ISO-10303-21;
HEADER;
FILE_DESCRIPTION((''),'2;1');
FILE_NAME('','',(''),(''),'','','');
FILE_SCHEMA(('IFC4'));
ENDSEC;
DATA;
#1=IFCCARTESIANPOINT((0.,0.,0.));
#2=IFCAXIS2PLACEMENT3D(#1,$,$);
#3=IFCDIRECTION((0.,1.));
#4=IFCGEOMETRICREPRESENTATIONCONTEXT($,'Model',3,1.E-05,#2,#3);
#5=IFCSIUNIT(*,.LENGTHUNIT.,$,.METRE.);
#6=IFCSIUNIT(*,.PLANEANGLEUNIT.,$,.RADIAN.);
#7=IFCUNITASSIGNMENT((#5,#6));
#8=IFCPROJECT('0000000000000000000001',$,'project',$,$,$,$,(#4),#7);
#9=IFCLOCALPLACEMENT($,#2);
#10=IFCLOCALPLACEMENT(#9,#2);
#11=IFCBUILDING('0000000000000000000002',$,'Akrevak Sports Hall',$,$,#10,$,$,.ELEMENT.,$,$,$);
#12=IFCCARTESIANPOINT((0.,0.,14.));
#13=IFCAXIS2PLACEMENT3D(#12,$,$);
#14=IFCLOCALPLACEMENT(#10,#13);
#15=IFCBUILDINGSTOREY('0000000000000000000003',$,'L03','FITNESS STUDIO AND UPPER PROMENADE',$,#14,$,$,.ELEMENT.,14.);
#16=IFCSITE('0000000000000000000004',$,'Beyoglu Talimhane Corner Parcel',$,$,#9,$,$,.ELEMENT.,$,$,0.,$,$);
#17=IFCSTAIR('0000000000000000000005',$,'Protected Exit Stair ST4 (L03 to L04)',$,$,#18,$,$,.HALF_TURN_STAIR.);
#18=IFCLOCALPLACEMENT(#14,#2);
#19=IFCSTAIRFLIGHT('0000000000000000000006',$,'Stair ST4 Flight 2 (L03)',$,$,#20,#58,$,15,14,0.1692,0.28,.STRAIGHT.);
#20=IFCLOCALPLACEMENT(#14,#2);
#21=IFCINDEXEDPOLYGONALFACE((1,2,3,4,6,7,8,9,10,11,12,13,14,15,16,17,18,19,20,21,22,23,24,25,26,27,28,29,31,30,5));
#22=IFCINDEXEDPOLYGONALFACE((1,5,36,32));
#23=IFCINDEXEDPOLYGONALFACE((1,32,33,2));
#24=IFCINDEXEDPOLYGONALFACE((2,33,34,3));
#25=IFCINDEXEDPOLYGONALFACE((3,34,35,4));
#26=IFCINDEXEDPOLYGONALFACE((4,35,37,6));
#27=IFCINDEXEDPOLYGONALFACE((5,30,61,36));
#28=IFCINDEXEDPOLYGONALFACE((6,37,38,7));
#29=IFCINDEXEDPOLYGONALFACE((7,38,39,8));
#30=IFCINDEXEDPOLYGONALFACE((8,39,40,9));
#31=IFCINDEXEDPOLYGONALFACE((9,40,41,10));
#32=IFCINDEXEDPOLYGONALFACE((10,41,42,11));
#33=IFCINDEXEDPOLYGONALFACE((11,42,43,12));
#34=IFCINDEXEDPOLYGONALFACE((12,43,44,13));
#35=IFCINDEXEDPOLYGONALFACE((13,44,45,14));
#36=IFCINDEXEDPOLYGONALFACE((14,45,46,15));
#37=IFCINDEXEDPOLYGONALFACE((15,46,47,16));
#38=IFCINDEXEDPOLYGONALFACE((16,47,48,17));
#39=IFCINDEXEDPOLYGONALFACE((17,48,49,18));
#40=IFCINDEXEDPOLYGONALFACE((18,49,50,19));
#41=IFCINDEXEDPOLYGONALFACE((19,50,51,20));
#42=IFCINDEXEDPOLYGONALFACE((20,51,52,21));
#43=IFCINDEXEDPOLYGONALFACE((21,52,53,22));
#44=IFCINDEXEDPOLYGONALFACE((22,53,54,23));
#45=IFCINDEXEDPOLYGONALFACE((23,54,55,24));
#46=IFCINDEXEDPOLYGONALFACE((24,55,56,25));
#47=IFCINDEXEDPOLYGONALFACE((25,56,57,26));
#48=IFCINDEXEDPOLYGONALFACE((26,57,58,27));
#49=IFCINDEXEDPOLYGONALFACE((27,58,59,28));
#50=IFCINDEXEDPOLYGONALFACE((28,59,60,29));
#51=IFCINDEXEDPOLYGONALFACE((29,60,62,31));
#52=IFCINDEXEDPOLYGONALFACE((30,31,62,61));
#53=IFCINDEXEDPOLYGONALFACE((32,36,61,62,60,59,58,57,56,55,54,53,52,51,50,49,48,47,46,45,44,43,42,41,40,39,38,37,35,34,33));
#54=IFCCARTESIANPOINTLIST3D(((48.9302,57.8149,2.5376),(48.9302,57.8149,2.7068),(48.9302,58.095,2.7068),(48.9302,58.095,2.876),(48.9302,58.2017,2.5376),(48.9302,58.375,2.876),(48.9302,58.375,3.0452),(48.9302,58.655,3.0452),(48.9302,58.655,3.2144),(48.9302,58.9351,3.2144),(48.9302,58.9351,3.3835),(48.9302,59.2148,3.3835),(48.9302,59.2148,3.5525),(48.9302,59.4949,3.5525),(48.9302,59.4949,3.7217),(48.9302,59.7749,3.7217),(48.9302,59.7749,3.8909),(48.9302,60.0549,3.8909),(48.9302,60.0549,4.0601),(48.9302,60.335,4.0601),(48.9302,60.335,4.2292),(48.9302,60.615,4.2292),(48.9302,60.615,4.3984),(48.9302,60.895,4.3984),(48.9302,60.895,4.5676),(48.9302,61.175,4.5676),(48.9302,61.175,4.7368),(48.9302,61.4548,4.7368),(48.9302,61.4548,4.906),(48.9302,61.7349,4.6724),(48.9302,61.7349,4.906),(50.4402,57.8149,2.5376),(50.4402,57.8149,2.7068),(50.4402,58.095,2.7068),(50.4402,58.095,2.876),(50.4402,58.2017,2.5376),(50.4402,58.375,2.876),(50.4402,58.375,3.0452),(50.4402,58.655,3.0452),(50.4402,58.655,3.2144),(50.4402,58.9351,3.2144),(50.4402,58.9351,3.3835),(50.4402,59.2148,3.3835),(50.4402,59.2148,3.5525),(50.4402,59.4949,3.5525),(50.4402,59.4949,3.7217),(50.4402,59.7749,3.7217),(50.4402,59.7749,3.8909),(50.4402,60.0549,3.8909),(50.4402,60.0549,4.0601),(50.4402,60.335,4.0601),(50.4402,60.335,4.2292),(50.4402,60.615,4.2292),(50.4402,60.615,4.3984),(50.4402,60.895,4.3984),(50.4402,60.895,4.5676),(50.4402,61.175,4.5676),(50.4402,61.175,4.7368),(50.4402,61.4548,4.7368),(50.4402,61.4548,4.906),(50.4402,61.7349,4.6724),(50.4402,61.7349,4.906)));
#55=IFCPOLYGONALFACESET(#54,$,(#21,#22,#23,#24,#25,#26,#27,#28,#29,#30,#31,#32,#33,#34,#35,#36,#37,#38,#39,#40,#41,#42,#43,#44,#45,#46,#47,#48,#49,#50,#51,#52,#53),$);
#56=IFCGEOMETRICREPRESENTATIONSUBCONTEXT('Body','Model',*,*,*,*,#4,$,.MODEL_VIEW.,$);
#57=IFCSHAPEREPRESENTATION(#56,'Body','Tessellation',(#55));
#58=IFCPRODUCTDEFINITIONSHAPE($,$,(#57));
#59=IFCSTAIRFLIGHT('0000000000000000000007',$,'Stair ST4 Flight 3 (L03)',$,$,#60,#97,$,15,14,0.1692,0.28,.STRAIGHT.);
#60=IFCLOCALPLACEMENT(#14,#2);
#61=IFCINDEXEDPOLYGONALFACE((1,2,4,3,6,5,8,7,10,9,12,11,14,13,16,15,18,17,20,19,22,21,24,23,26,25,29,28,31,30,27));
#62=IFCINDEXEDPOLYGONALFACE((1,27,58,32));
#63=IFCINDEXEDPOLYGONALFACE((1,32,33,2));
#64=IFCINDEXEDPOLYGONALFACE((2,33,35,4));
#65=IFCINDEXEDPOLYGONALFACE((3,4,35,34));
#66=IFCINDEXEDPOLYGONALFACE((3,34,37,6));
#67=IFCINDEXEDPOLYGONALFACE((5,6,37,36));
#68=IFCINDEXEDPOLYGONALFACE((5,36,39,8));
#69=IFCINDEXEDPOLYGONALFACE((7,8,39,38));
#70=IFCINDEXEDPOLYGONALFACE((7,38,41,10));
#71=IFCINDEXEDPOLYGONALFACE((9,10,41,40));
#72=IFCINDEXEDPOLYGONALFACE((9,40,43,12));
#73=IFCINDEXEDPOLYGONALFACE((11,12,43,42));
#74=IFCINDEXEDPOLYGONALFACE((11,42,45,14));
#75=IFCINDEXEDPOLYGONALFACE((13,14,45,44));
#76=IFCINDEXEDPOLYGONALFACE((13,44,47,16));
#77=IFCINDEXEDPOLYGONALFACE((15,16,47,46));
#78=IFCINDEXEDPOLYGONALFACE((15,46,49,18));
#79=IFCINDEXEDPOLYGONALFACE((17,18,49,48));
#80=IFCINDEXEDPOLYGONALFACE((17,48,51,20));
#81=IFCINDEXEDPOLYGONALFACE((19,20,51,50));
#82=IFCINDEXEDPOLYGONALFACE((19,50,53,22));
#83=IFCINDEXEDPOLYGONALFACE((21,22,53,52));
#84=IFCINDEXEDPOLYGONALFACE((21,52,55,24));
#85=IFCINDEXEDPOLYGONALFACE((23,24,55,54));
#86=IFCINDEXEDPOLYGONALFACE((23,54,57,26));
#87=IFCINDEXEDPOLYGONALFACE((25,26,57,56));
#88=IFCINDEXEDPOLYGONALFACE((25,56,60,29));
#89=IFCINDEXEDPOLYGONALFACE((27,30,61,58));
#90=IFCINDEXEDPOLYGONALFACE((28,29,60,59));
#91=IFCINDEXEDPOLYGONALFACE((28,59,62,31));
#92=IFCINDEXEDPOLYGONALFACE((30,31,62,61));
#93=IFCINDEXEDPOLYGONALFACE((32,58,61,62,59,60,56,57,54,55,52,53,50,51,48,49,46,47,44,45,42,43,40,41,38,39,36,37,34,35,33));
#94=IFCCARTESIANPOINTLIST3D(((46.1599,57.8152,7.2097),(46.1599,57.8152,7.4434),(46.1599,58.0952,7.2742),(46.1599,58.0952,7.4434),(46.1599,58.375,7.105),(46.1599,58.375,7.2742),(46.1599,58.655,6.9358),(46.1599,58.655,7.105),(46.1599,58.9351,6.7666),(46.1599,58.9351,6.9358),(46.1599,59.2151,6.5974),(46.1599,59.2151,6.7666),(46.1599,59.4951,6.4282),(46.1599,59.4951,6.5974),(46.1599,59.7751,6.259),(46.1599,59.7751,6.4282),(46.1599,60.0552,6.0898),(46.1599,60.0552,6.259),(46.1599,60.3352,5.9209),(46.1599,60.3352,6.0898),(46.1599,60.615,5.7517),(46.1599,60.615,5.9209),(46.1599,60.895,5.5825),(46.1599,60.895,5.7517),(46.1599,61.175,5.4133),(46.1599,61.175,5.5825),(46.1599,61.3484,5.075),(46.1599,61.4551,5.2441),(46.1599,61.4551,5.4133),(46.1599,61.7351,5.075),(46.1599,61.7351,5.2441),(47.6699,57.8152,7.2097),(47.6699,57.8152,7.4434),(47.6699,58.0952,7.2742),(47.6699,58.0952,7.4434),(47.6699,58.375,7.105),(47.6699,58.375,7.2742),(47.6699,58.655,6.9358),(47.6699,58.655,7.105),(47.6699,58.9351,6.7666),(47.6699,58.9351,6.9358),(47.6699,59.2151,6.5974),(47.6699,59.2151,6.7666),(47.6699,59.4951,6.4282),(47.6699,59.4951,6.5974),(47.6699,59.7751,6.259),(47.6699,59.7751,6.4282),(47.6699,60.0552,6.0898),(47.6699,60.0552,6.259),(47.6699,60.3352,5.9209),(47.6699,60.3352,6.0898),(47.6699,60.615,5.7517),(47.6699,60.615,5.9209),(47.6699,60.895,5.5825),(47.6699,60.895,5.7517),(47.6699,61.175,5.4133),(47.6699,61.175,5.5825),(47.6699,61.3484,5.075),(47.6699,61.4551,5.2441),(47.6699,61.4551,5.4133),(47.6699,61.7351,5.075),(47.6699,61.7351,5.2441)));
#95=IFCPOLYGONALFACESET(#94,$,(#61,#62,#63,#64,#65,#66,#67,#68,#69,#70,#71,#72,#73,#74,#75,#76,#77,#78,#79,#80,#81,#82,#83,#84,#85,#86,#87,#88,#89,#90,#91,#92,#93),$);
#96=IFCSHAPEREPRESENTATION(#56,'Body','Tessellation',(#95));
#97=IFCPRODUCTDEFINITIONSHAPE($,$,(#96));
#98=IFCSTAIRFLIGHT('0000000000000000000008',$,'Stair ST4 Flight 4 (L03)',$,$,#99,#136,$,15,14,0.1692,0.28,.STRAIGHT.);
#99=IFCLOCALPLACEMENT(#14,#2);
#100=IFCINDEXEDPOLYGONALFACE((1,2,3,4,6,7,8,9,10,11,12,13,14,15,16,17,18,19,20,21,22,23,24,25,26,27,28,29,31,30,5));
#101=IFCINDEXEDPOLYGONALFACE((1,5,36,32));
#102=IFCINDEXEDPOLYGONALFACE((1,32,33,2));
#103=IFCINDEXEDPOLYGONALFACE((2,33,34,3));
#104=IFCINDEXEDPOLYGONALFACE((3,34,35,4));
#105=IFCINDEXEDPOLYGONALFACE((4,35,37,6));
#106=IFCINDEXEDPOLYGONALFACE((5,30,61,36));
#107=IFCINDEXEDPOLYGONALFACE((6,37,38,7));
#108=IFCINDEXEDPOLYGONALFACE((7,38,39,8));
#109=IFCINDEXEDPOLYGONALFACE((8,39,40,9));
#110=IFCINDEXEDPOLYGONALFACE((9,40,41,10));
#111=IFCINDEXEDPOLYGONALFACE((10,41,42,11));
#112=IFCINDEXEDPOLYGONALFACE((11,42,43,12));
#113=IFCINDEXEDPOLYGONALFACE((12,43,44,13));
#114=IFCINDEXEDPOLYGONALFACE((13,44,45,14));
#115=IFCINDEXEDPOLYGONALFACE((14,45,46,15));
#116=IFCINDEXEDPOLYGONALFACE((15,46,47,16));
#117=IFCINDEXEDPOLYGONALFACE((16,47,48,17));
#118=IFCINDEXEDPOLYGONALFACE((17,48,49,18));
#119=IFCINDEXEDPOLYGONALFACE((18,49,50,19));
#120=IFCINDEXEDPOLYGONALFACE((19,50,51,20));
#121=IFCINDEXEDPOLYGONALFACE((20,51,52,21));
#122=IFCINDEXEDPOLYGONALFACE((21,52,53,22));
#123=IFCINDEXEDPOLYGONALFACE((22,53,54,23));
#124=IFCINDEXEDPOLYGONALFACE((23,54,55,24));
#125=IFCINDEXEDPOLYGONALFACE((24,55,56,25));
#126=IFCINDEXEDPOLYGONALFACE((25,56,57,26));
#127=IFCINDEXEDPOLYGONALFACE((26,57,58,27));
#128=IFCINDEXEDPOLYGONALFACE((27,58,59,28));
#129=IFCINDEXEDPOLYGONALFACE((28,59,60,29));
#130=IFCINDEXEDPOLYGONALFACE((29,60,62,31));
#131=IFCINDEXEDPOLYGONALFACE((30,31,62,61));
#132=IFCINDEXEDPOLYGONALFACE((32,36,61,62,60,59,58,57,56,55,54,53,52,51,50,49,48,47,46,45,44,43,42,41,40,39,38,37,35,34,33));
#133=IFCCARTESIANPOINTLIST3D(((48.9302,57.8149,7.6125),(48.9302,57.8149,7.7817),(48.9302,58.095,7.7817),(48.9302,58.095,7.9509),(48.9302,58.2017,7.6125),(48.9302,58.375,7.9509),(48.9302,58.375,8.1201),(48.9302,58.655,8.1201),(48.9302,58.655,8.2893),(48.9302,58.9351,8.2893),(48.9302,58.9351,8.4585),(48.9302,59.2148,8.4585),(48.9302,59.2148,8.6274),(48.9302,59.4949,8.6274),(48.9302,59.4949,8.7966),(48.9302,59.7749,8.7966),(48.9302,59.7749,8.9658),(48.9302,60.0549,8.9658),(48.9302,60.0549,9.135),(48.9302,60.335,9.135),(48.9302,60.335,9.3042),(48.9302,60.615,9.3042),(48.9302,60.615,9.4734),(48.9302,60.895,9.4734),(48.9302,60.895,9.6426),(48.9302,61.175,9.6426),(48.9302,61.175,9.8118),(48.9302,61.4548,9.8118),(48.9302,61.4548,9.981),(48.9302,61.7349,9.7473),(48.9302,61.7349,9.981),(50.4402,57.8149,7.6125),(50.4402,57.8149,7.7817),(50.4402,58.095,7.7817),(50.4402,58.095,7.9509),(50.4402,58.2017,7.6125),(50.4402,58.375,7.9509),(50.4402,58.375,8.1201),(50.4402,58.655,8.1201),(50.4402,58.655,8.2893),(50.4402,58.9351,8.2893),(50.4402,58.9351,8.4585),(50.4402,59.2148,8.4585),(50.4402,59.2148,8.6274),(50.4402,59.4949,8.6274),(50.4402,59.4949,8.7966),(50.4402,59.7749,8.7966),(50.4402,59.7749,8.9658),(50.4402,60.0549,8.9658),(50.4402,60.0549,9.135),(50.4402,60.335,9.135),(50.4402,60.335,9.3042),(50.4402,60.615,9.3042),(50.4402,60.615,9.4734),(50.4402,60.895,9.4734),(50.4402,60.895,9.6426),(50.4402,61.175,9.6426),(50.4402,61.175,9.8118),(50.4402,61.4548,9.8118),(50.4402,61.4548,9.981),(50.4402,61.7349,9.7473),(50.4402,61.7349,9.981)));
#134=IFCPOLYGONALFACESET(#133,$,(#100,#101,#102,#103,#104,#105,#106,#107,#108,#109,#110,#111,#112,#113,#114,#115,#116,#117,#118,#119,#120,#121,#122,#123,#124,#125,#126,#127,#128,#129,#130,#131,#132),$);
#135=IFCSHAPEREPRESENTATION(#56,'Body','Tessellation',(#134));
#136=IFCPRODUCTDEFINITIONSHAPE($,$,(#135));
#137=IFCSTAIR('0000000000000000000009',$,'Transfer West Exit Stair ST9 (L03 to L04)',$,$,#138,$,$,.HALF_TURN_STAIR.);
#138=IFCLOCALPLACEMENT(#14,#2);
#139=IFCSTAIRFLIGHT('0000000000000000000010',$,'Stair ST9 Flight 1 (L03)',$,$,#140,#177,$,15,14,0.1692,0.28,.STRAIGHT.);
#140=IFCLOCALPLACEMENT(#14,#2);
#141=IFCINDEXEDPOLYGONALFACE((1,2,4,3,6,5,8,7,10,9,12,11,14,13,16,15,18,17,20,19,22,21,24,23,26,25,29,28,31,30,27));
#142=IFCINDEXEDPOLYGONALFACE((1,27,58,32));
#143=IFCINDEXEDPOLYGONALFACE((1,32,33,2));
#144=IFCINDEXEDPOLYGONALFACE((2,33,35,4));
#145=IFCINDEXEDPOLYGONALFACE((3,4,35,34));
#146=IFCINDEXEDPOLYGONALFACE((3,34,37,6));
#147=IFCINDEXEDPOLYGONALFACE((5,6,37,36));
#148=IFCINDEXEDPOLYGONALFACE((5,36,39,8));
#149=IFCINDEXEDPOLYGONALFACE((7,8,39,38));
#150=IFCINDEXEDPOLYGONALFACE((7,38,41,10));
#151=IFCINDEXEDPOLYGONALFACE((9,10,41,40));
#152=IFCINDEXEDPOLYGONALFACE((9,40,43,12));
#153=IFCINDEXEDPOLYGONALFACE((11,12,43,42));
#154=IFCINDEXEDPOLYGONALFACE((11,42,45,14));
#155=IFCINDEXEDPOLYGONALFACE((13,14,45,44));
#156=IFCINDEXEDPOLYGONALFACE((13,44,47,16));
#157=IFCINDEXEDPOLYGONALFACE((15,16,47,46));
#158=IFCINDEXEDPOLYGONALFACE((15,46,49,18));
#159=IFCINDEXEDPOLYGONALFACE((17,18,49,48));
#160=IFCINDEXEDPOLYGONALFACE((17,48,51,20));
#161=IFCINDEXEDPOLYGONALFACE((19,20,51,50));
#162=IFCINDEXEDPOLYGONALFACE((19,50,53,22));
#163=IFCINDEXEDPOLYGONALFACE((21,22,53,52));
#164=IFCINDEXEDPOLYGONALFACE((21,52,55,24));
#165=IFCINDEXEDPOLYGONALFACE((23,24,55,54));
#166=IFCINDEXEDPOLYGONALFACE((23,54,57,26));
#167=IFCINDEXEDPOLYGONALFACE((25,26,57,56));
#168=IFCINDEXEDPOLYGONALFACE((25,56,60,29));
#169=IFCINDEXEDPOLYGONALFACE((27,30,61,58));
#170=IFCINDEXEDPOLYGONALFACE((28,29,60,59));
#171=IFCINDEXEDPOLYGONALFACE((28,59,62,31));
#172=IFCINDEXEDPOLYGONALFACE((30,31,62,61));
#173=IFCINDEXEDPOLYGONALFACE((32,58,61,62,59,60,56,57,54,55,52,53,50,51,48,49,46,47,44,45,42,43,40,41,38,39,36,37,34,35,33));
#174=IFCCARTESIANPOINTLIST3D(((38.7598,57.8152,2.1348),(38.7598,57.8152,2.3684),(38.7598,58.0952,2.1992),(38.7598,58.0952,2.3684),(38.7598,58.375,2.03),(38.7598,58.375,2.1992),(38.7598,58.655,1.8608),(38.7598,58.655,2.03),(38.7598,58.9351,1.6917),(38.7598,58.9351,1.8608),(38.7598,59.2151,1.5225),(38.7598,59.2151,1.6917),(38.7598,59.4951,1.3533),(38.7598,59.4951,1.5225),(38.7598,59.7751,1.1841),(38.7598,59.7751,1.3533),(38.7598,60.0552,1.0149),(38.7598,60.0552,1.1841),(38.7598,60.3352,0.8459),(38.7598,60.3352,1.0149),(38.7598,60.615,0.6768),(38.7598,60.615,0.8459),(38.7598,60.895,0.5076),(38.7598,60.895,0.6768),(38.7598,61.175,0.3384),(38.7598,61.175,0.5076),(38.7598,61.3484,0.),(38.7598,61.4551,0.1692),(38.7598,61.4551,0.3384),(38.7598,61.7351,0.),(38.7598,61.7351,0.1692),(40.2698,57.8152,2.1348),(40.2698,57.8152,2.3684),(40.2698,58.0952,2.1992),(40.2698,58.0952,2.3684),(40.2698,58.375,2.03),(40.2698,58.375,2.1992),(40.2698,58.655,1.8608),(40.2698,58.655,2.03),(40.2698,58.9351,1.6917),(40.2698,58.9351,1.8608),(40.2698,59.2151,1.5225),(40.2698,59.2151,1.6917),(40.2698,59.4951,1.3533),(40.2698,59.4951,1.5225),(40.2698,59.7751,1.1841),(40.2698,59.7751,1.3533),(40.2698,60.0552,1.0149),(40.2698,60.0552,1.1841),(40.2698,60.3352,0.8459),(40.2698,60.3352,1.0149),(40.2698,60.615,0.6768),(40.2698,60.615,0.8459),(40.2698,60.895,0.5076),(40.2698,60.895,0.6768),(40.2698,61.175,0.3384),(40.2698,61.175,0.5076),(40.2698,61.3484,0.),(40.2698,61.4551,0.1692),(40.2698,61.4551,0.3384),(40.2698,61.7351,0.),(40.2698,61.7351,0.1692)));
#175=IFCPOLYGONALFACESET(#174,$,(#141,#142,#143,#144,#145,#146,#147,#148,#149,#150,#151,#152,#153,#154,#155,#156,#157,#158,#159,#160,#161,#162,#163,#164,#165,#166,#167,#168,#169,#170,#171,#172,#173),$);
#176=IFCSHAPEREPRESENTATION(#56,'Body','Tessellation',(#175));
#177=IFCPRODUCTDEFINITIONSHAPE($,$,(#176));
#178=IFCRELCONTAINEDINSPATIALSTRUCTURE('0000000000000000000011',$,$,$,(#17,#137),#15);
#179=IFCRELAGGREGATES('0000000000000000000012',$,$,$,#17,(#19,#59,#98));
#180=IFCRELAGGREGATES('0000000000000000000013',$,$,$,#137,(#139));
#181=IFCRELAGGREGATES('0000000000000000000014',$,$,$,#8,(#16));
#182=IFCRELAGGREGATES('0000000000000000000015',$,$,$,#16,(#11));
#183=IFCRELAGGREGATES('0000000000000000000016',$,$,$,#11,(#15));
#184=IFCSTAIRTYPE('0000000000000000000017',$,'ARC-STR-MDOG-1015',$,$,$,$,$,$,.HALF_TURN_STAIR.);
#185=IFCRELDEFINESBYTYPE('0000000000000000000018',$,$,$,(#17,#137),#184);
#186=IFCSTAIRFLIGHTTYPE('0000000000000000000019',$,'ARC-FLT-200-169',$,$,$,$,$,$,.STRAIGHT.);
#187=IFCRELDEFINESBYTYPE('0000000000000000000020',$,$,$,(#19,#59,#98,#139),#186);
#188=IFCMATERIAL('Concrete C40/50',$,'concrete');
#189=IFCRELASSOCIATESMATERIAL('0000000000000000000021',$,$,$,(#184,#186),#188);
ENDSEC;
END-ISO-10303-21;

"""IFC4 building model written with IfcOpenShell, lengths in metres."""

from ifc_helpers import new_model, si_unit, direction, frame, origin, place, context, subcontext, project, spatial, polyline, outline, extrude, material, type_object, element, aggregate, save


model = new_model("IFC4")

# Units and contexts
model_context = context("Model", 3, precision=1e-05, world=origin(), true_north=direction((0.0, 1.0)))
body_context = subcontext(model_context, "Body", "Model", "MODEL_VIEW")
ifc_project = project(units=[si_unit("LENGTHUNIT", "METRE"), si_unit("PLANEANGLEUNIT", "RADIAN")], contexts=[model_context])

# Site, building, storey
site_placement = place(None, origin())
site = spatial("IfcSite", under=ifc_project, at=site_placement, Name="Beyoglu Talimhane Corner Parcel", CompositionType="ELEMENT", RefElevation=0.0)
building_placement = place(site_placement, origin())
building = spatial("IfcBuilding", under=site, at=building_placement, Name="Akrevak Sports Hall", CompositionType="ELEMENT")
storey_placement = place(building_placement, frame((0.0, 0.0, 14.0)))
storey = spatial("IfcBuildingStorey", under=building, at=storey_placement, Name="L03", Description="FITNESS STUDIO AND UPPER PROMENADE", CompositionType="ELEMENT", Elevation=14.0)

# Shared definitions
ifc_material_1 = material(Name="Concrete C40/50", Category="concrete")

# Stairs, stair flights
stair_type = type_object("IfcStairType", Name="ARC-STR-MDOG-1015", PredefinedType="HALF_TURN_STAIR", material=ifc_material_1)
stair_1_placement = place(storey_placement, origin())
stair_1 = element("IfcStair", 1, at=stair_1_placement, inside=storey, type_object=stair_type, Name="Protected Exit Stair ST4 (L03 to L04)", PredefinedType="HALF_TURN_STAIR")
stair_flight_type = type_object("IfcStairFlightType", Name="ARC-FLT-200-169", PredefinedType="STRAIGHT", material=ifc_material_1)
stair_flight_1_placement = place(storey_placement, frame((49.6851, 57.8149, 2.5376), z_axis=(0.0, 0.0, 1.0), x_axis=(0.0, 1.0, 0.0)))
stair_flight_1 = element("IfcStairFlight", 2, at=stair_flight_1_placement, type_object=stair_flight_type, Name="Stair ST4 Flight 2 (L03)", NumberOfRisers=15, NumberOfTreads=14, PredefinedType="STRAIGHT", RiserHeight=0.1692, TreadLength=0.28, context=body_context, shape_type="SweptSolid", body=[
    extrude(outline(polyline([(0.0, 0.0), (0.0, 0.1692), (0.28, 0.1692), (0.28, 0.3384), (0.5601, 0.3384), (0.5601, 0.5076), (0.8401, 0.5076), (0.8401, 0.6768), (1.1201, 0.6768), (1.1201, 0.8459), (1.3999, 0.8459), (1.3999, 1.0149), (1.6799, 1.0149), (1.6799, 1.1841), (1.96, 1.1841), (1.96, 1.3533), (2.24, 1.3533), (2.24, 1.5225), (2.52, 1.5225), (2.52, 1.6917), (2.8, 1.6917), (2.8, 1.8608), (3.0801, 1.8608), (3.0801, 2.03), (3.3601, 2.03), (3.3601, 2.1992), (3.6399, 2.1992), (3.6399, 2.3684), (3.9199, 2.3684), (3.9199, 2.5376), (3.9199, 2.1348), (0.3867, 0.0), (0.0, 0.0)])), frame((0.0, 0.7549, 0.0), z_axis=(0.0, -1.0, 0.0), x_axis=(1.0, 0.0, 0.0)), (0.0, 0.0, 1.0), 1.51),
])
stair_flight_2_placement = place(storey_placement, frame((46.915, 61.7351, 5.075), z_axis=(0.0, 0.0, 1.0), x_axis=(0.0, -1.0, 0.0)))
stair_flight_2 = element("IfcStairFlight", 3, at=stair_flight_2_placement, type_object=stair_flight_type, Name="Stair ST4 Flight 3 (L03)", NumberOfRisers=15, NumberOfTreads=14, PredefinedType="STRAIGHT", RiserHeight=0.1692, TreadLength=0.28, context=body_context, shape_type="SweptSolid", body=[
    extrude(outline(polyline([(0.0, 0.0), (0.0, 0.1692), (0.28, 0.1692), (0.28, 0.3384), (0.5601, 0.3384), (0.5601, 0.5076), (0.8401, 0.5076), (0.8401, 0.6768), (1.1201, 0.6768), (1.1201, 0.8459), (1.3999, 0.8459), (1.3999, 1.0149), (1.6799, 1.0149), (1.6799, 1.1841), (1.96, 1.1841), (1.96, 1.3533), (2.24, 1.3533), (2.24, 1.5225), (2.52, 1.5225), (2.52, 1.6917), (2.8, 1.6917), (2.8, 1.8608), (3.0801, 1.8608), (3.0801, 2.03), (3.3601, 2.03), (3.3601, 2.1992), (3.6399, 2.1992), (3.6399, 2.3684), (3.9199, 2.3684), (3.9199, 2.5376), (3.9199, 2.1348), (0.3867, 0.0), (0.0, 0.0)])), frame((0.0, 0.7549, 0.0), z_axis=(0.0, -1.0, 0.0), x_axis=(1.0, 0.0, 0.0)), (0.0, 0.0, 1.0), 1.51),
])
stair_flight_3_placement = place(storey_placement, frame((49.6851, 57.8149, 7.6125), z_axis=(0.0, 0.0, 1.0), x_axis=(0.0, 1.0, 0.0)))
stair_flight_3 = element("IfcStairFlight", 4, at=stair_flight_3_placement, type_object=stair_flight_type, Name="Stair ST4 Flight 4 (L03)", NumberOfRisers=15, NumberOfTreads=14, PredefinedType="STRAIGHT", RiserHeight=0.1692, TreadLength=0.28, context=body_context, shape_type="SweptSolid", body=[
    extrude(outline(polyline([(0.0, 0.0), (0.0, 0.1692), (0.28, 0.1692), (0.28, 0.3384), (0.5601, 0.3384), (0.5601, 0.5076), (0.8401, 0.5076), (0.8401, 0.6768), (1.1201, 0.6768), (1.1201, 0.8459), (1.3999, 0.8459), (1.3999, 1.0149), (1.6799, 1.0149), (1.6799, 1.1841), (1.96, 1.1841), (1.96, 1.3533), (2.24, 1.3533), (2.24, 1.5225), (2.52, 1.5225), (2.52, 1.6917), (2.8, 1.6917), (2.8, 1.8608), (3.0801, 1.8608), (3.0801, 2.03), (3.3601, 2.03), (3.3601, 2.1992), (3.6399, 2.1992), (3.6399, 2.3684), (3.9199, 2.3684), (3.9199, 2.5376), (3.9199, 2.1348), (0.3867, 0.0), (0.0, 0.0)])), frame((0.0, 0.7549, 0.0), z_axis=(0.0, -1.0, 0.0), x_axis=(1.0, 0.0, 0.0)), (0.0, 0.0, 1.0), 1.51),
])
aggregate(stair_1, [stair_flight_1, stair_flight_2, stair_flight_3])
stair_2_placement = place(storey_placement, origin())
stair_2 = element("IfcStair", 5, at=stair_2_placement, inside=storey, type_object=stair_type, Name="Transfer West Exit Stair ST9 (L03 to L04)", PredefinedType="HALF_TURN_STAIR")
stair_flight_4_placement = place(storey_placement, frame((39.5149, 61.7351, 0.0), z_axis=(0.0, 0.0, 1.0), x_axis=(0.0, -1.0, 0.0)))
stair_flight_4 = element("IfcStairFlight", 6, at=stair_flight_4_placement, type_object=stair_flight_type, Name="Stair ST9 Flight 1 (L03)", NumberOfRisers=15, NumberOfTreads=14, PredefinedType="STRAIGHT", RiserHeight=0.1692, TreadLength=0.28, context=body_context, shape_type="SweptSolid", body=[
    extrude(outline(polyline([(0.0, 0.0), (0.0, 0.1692), (0.28, 0.1692), (0.28, 0.3384), (0.5601, 0.3384), (0.5601, 0.5076), (0.8401, 0.5076), (0.8401, 0.6768), (1.1201, 0.6768), (1.1201, 0.8459), (1.3999, 0.8459), (1.3999, 1.0149), (1.6799, 1.0149), (1.6799, 1.1841), (1.96, 1.1841), (1.96, 1.3533), (2.24, 1.3533), (2.24, 1.5225), (2.52, 1.5225), (2.52, 1.6917), (2.8, 1.6917), (2.8, 1.8608), (3.0801, 1.8608), (3.0801, 2.03), (3.3601, 2.03), (3.3601, 2.1992), (3.6399, 2.1992), (3.6399, 2.3684), (3.9199, 2.3684), (3.9199, 2.5376), (3.9199, 2.1348), (0.3867, 0.0), (0.0, 0.0)])), frame((0.0, 0.7549, 0.0), z_axis=(0.0, -1.0, 0.0), x_axis=(1.0, 0.0, 0.0)), (0.0, 0.0, 1.0), 1.51),
])
aggregate(stair_2, [stair_flight_4])

save(model, "model.ifc")
